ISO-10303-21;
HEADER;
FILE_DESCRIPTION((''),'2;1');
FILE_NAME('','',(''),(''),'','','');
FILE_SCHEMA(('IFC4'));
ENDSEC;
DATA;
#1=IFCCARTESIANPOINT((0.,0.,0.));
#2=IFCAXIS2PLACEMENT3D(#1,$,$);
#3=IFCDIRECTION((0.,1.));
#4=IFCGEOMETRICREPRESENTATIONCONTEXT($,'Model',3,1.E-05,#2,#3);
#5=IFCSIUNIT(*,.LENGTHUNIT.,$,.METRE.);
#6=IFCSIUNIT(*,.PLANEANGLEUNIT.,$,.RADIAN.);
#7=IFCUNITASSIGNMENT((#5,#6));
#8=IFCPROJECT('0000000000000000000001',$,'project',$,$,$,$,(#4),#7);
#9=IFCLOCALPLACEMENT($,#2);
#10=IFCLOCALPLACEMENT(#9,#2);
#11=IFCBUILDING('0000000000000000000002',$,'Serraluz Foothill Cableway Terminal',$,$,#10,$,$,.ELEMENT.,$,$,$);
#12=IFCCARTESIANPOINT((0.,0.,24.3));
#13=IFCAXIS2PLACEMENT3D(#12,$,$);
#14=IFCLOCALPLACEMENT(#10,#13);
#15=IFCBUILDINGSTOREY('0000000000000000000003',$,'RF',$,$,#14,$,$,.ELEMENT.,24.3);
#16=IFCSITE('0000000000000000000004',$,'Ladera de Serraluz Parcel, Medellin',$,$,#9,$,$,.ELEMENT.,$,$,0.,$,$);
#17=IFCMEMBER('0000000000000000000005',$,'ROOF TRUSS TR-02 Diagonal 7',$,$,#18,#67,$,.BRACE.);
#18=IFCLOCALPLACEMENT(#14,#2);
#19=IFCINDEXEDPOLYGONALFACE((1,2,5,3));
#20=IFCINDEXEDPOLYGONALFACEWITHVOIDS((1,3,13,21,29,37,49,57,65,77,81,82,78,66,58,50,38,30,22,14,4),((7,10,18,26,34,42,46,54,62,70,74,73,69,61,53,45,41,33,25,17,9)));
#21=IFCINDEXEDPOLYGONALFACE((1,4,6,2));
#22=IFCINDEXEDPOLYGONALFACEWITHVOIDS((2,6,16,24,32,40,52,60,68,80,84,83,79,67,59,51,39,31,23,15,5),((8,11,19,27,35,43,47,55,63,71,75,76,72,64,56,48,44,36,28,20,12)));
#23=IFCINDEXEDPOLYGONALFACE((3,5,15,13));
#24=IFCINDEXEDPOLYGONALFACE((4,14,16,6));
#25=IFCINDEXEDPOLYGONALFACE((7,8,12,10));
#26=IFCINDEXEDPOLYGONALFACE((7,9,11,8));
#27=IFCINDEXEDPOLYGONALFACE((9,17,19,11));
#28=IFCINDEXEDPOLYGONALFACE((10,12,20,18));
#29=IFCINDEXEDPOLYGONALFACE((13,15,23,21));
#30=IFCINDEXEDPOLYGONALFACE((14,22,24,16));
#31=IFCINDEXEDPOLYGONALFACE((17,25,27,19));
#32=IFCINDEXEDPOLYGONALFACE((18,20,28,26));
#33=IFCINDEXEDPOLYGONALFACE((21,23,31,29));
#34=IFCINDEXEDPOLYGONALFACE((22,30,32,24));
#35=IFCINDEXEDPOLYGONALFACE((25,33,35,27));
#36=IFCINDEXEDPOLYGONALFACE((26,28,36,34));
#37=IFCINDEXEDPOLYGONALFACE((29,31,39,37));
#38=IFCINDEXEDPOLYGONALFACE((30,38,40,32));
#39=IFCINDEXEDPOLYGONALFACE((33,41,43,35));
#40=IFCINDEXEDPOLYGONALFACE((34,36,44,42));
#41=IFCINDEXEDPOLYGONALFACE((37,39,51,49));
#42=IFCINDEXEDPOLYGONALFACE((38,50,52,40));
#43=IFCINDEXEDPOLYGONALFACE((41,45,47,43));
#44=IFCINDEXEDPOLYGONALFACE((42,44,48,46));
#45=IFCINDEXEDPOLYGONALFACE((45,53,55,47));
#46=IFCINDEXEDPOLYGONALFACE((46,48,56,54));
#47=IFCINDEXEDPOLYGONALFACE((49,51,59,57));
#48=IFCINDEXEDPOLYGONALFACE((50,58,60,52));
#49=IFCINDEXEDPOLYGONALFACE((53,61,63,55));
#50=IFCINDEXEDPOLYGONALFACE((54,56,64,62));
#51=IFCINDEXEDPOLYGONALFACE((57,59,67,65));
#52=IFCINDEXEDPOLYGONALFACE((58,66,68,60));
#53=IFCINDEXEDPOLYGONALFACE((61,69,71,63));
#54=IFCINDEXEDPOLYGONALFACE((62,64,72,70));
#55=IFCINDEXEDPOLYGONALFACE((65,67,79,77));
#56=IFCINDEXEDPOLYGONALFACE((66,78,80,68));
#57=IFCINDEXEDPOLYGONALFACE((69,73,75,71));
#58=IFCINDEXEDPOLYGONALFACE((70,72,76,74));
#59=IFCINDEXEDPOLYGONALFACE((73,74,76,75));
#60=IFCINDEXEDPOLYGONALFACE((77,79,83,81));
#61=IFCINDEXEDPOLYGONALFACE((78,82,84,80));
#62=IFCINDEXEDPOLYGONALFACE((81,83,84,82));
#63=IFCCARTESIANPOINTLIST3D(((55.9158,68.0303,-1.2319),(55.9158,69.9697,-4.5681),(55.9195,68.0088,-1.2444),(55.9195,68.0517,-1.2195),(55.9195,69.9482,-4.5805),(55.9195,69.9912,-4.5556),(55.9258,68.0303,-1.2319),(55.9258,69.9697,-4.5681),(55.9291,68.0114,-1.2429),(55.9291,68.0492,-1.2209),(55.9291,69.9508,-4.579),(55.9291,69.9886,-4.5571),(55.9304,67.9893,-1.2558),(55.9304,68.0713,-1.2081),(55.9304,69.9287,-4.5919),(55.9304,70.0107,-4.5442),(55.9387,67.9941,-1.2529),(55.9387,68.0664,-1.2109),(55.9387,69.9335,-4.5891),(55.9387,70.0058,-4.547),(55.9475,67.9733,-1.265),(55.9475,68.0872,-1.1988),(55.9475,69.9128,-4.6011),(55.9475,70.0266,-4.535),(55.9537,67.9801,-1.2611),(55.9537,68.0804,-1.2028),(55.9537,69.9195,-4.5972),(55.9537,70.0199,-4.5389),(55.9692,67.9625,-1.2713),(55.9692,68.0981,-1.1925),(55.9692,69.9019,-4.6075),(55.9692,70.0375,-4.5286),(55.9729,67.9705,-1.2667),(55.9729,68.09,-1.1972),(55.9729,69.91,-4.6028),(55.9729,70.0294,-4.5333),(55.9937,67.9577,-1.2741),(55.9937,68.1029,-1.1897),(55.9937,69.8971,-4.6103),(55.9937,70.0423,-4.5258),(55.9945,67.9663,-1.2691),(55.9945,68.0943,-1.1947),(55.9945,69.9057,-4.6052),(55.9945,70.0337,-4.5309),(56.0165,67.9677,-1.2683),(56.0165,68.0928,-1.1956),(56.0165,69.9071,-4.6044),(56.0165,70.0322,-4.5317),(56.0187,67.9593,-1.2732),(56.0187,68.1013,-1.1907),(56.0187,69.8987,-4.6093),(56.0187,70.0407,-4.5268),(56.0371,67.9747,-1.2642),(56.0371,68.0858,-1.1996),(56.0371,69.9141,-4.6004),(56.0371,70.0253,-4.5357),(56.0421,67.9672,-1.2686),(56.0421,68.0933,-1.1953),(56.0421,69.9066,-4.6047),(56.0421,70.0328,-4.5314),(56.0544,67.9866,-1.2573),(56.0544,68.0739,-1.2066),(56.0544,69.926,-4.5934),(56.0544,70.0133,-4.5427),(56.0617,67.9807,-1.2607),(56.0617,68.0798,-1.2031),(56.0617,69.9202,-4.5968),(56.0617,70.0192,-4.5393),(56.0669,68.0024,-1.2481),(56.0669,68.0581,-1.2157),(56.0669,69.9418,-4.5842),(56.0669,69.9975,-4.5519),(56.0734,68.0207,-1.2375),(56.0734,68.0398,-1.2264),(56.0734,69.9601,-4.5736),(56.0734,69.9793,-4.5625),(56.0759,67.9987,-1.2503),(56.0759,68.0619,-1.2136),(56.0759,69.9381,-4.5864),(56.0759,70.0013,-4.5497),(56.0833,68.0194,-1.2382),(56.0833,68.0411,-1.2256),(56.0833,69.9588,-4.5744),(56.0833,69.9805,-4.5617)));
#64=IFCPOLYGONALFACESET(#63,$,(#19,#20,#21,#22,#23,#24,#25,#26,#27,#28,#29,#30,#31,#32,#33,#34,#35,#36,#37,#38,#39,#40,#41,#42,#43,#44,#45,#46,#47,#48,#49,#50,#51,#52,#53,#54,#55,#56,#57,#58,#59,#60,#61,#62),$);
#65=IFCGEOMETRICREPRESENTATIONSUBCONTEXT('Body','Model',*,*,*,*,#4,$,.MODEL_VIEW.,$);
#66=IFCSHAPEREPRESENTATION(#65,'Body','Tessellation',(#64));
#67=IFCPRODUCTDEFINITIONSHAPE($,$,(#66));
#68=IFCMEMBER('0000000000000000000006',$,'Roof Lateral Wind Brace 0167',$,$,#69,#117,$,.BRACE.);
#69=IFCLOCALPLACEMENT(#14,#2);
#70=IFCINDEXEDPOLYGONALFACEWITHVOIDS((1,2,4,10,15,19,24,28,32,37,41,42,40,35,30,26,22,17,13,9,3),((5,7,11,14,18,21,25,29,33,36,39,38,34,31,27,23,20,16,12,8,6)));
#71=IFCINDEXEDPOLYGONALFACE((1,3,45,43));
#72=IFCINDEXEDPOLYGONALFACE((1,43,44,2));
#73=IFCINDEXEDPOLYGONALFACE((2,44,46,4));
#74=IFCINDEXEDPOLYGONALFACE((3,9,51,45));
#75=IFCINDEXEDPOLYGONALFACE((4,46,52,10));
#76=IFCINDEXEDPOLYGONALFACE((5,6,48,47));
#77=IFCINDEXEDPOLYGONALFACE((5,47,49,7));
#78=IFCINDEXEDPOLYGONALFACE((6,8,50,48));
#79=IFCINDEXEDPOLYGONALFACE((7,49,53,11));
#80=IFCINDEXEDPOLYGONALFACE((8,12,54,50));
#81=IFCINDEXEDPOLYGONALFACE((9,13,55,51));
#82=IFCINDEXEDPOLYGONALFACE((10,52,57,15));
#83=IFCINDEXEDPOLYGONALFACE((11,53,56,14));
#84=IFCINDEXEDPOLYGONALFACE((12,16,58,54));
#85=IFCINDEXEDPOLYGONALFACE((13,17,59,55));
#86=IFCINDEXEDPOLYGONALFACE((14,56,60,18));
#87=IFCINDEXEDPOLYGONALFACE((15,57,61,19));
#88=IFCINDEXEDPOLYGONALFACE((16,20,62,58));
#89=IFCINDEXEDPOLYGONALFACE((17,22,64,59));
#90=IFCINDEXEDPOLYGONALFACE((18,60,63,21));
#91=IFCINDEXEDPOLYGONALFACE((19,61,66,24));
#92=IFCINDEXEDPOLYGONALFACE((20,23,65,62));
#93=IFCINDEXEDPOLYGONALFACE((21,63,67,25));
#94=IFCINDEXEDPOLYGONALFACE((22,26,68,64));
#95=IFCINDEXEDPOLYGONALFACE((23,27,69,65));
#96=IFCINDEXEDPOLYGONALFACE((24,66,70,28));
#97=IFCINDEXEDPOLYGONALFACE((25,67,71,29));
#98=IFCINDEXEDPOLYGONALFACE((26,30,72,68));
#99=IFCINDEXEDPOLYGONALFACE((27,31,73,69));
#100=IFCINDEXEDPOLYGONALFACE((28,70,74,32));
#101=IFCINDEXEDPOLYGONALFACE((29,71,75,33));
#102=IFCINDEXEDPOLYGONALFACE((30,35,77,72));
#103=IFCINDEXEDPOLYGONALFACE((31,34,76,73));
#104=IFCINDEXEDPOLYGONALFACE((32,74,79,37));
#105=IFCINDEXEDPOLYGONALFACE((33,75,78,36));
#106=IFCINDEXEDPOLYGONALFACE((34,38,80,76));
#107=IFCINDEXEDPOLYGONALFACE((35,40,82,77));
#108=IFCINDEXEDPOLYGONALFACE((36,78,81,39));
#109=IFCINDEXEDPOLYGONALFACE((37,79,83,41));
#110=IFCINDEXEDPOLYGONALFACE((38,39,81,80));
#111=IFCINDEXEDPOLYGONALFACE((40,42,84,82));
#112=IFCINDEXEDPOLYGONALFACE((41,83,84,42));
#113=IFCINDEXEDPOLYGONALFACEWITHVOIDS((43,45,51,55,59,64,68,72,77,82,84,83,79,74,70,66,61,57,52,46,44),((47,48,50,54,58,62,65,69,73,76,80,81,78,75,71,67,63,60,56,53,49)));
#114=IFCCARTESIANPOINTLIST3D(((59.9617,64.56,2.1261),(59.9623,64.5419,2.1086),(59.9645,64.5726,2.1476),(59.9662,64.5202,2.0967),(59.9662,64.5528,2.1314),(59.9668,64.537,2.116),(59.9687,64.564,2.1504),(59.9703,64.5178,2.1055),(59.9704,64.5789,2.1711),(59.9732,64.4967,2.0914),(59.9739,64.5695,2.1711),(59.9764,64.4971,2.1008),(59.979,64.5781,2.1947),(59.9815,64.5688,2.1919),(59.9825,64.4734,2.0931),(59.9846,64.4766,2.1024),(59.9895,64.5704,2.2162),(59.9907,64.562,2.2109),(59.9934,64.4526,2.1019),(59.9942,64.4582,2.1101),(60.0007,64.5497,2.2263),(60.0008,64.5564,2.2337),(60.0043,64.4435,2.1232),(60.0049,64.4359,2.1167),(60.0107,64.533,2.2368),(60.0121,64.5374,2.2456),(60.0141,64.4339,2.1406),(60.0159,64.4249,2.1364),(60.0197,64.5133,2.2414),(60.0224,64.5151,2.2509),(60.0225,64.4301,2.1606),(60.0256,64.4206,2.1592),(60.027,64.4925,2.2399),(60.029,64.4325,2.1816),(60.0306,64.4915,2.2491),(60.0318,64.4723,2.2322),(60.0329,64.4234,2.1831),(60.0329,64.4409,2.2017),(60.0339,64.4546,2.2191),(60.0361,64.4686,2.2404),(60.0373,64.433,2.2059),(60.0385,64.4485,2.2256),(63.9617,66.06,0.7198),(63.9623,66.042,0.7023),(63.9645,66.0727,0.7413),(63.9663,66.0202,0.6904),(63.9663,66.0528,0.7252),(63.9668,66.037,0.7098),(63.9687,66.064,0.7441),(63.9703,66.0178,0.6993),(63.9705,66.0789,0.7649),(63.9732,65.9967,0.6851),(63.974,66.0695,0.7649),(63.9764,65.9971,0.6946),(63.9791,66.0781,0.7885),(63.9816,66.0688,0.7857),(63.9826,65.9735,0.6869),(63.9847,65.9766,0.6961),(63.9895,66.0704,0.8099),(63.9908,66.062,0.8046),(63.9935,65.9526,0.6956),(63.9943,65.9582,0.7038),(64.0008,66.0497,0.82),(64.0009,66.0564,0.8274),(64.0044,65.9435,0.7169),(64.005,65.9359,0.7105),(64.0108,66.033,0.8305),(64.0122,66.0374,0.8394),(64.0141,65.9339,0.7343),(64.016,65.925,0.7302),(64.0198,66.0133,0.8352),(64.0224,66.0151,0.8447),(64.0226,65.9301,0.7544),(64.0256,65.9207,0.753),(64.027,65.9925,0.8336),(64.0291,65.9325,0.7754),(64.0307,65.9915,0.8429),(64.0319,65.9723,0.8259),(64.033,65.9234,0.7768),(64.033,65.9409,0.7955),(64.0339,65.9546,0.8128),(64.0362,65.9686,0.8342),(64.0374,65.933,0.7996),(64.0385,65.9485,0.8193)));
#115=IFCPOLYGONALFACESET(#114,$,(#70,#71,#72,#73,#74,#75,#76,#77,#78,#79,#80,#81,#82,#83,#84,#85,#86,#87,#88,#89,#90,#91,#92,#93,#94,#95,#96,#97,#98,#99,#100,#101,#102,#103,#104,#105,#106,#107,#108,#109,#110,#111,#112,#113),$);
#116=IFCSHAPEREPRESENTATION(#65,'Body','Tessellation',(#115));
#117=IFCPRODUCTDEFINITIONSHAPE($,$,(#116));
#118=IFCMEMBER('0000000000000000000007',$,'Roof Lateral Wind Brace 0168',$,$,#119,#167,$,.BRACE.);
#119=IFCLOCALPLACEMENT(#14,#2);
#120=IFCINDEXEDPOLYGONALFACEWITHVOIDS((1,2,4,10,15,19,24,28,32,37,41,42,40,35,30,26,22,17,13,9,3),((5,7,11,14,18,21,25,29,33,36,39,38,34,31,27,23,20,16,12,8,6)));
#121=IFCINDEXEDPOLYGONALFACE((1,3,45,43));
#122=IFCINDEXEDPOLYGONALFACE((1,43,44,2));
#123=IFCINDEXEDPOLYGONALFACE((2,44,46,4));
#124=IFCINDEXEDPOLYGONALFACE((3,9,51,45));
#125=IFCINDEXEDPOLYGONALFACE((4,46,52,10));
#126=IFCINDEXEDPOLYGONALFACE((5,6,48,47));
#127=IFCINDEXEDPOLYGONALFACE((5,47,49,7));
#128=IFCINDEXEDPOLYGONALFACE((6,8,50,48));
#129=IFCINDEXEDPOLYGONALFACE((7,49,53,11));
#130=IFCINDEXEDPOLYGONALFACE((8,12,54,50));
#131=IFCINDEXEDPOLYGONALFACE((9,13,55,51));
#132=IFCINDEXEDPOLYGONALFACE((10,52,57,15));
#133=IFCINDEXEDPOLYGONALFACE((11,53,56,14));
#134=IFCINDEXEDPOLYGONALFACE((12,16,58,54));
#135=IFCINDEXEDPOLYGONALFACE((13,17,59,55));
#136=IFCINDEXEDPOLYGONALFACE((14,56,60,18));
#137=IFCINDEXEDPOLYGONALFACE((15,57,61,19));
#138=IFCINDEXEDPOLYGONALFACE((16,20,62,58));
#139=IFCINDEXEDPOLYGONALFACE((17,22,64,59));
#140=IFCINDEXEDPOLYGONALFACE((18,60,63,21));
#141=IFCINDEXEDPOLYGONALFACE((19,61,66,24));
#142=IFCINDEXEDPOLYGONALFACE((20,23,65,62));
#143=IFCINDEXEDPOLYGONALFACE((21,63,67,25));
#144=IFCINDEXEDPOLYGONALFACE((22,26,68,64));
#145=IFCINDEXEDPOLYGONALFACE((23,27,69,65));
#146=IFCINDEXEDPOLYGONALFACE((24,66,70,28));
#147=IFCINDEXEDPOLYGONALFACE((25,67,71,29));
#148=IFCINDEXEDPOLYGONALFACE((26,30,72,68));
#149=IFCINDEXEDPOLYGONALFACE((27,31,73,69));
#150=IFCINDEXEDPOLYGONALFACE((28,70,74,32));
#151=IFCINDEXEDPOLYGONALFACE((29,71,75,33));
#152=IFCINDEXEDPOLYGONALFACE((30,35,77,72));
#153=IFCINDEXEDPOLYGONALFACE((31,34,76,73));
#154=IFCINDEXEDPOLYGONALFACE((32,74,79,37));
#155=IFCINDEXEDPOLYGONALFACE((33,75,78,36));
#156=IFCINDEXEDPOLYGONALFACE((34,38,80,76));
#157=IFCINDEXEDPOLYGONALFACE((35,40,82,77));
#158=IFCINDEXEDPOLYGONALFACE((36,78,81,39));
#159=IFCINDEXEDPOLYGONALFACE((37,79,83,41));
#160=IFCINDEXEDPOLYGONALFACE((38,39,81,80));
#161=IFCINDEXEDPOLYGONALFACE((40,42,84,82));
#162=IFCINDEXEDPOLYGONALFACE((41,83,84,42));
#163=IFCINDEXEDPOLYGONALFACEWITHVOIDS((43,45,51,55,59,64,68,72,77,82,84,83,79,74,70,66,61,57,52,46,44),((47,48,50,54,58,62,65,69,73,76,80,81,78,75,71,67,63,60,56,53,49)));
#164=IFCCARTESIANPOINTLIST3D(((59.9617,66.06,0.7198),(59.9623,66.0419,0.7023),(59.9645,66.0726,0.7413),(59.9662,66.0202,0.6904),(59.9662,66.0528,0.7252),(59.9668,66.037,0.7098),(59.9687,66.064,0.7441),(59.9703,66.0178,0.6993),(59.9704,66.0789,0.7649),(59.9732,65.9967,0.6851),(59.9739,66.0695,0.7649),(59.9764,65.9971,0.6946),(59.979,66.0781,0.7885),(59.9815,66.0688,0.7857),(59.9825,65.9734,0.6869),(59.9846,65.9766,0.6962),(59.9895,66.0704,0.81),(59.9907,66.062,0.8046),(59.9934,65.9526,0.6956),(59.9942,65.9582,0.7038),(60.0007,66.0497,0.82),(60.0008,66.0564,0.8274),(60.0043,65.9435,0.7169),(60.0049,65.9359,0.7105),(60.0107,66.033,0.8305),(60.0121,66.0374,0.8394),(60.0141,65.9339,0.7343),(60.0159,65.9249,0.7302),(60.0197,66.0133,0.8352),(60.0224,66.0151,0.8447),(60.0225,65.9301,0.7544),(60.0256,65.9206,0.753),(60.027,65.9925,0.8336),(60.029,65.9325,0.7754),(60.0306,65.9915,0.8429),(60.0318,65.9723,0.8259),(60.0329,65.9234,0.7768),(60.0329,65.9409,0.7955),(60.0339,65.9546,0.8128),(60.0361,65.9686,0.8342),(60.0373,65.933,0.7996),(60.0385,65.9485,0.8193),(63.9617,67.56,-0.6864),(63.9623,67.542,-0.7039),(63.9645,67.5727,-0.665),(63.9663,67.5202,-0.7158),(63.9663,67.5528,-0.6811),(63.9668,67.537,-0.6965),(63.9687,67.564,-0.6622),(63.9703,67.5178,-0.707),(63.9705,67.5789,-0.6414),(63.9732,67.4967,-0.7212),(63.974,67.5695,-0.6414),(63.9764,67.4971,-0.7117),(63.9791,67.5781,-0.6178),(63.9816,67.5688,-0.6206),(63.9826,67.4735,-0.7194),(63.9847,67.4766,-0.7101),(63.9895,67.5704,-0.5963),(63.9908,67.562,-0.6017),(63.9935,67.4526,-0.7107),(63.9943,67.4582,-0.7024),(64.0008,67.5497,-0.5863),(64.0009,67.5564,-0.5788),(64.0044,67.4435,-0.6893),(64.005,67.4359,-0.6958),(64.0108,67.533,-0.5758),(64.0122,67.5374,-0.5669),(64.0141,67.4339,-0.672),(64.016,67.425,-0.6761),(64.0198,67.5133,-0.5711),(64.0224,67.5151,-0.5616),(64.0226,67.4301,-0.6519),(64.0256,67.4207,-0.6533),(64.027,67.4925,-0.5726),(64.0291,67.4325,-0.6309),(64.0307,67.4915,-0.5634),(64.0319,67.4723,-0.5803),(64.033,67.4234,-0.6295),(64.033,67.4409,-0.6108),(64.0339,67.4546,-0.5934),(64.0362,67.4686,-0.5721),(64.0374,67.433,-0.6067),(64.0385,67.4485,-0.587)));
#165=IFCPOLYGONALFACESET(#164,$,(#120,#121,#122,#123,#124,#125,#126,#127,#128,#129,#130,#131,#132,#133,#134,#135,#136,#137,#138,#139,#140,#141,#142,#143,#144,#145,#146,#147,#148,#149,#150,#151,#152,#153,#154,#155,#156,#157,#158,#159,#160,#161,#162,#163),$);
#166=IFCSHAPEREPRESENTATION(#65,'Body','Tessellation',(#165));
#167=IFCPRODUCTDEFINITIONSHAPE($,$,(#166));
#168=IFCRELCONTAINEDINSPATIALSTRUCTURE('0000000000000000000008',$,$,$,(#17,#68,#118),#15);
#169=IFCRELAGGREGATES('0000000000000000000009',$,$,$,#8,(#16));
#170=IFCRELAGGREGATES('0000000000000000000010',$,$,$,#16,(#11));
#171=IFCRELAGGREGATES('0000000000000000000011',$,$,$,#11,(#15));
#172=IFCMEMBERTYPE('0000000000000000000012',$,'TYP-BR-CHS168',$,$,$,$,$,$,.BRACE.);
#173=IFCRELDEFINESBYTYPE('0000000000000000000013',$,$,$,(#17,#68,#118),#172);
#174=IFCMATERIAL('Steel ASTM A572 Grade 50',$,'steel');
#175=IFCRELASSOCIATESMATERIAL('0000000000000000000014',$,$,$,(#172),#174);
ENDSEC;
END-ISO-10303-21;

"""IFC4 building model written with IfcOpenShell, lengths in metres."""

from ifc_helpers import new_model, si_unit, direction, frame, origin, origin_2d, place, context, subcontext, project, spatial, hollow_circle, extrude, material, material_profile, profile_set, type_object, element, save


model = new_model("IFC4")

# Units and contexts
model_context = context("Model", 3, precision=1e-05, world=origin(), true_north=direction((0.0, 1.0)))
body_context = subcontext(model_context, "Body", "Model", "MODEL_VIEW")
ifc_project = project(units=[si_unit("LENGTHUNIT", "METRE"), si_unit("PLANEANGLEUNIT", "RADIAN")], contexts=[model_context])

# Site, building, storey
site_placement = place(None, origin())
site = spatial("IfcSite", under=ifc_project, at=site_placement, Name="Ladera de Serraluz Parcel, Medellin", CompositionType="ELEMENT", RefElevation=0.0)
building_placement = place(site_placement, origin())
building = spatial("IfcBuilding", under=site, at=building_placement, Name="Serraluz Foothill Cableway Terminal", CompositionType="ELEMENT")
storey_placement = place(building_placement, frame((0.0, 0.0, 24.3)))
storey = spatial("IfcBuildingStorey", under=building, at=storey_placement, Name="RF", CompositionType="ELEMENT", Elevation=24.3)

# Members
ifc_material_1 = material(Name="Steel ASTM A572 Grade 50", Category="steel")
ifc_material_profile_1 = material_profile(ifc_material_1, hollow_circle(Radius=0.0842, WallThickness=0.01, at=origin_2d()), Name="CHS168X10")
ifc_profile_set_1 = profile_set([ifc_material_profile_1], Name="Steel ASTM A572 Grade 50")
member_type_1 = type_object("IfcMemberType", Name="TYP-BR-CHS168", PredefinedType="BRACE", material=ifc_profile_set_1)
member_1_placement = place(storey_placement, frame((56.0, 68.0303, -1.2319), z_axis=(0.0, 0.502584, -0.864528), x_axis=(-1.0, 0.0, 0.0)))
element("IfcMember", 1, at=member_1_placement, inside=storey, type_object=member_type_1, Name="ROOF TRUSS TR-02 Diagonal 7", PredefinedType="BRACE", context=body_context, shape_type="SweptSolid", body=[
    extrude(hollow_circle(Radius=0.0842, WallThickness=0.01, at=origin_2d()), origin(), (0.0, 0.0, 1.0), 3.8589),
])
for number, where, z_axis, x_axis, name in (
    (2, (60.0, 64.5, 2.1711), (0.889382, 0.333518, -0.312673), (-0.351123, 0.936329, 0.0), "Roof Lateral Wind Brace 0167"),
    (3, (60.0, 66.0, 0.7649), (0.889382, 0.333518, -0.312673), (-0.351123, 0.936329, 0.0), "Roof Lateral Wind Brace 0168"),
):
    element("IfcMember", number, at=place(storey_placement, frame(where, z_axis=z_axis, x_axis=x_axis)), inside=storey, type_object=member_type_1, Name=name, PredefinedType="BRACE", context=body_context, shape_type="SweptSolid", body=[
        extrude(hollow_circle(Radius=0.0842, WallThickness=0.01, at=origin_2d()), origin(), (0.0, 0.0, 1.0), 4.4976),
    ])

save(model, "model.ifc")
